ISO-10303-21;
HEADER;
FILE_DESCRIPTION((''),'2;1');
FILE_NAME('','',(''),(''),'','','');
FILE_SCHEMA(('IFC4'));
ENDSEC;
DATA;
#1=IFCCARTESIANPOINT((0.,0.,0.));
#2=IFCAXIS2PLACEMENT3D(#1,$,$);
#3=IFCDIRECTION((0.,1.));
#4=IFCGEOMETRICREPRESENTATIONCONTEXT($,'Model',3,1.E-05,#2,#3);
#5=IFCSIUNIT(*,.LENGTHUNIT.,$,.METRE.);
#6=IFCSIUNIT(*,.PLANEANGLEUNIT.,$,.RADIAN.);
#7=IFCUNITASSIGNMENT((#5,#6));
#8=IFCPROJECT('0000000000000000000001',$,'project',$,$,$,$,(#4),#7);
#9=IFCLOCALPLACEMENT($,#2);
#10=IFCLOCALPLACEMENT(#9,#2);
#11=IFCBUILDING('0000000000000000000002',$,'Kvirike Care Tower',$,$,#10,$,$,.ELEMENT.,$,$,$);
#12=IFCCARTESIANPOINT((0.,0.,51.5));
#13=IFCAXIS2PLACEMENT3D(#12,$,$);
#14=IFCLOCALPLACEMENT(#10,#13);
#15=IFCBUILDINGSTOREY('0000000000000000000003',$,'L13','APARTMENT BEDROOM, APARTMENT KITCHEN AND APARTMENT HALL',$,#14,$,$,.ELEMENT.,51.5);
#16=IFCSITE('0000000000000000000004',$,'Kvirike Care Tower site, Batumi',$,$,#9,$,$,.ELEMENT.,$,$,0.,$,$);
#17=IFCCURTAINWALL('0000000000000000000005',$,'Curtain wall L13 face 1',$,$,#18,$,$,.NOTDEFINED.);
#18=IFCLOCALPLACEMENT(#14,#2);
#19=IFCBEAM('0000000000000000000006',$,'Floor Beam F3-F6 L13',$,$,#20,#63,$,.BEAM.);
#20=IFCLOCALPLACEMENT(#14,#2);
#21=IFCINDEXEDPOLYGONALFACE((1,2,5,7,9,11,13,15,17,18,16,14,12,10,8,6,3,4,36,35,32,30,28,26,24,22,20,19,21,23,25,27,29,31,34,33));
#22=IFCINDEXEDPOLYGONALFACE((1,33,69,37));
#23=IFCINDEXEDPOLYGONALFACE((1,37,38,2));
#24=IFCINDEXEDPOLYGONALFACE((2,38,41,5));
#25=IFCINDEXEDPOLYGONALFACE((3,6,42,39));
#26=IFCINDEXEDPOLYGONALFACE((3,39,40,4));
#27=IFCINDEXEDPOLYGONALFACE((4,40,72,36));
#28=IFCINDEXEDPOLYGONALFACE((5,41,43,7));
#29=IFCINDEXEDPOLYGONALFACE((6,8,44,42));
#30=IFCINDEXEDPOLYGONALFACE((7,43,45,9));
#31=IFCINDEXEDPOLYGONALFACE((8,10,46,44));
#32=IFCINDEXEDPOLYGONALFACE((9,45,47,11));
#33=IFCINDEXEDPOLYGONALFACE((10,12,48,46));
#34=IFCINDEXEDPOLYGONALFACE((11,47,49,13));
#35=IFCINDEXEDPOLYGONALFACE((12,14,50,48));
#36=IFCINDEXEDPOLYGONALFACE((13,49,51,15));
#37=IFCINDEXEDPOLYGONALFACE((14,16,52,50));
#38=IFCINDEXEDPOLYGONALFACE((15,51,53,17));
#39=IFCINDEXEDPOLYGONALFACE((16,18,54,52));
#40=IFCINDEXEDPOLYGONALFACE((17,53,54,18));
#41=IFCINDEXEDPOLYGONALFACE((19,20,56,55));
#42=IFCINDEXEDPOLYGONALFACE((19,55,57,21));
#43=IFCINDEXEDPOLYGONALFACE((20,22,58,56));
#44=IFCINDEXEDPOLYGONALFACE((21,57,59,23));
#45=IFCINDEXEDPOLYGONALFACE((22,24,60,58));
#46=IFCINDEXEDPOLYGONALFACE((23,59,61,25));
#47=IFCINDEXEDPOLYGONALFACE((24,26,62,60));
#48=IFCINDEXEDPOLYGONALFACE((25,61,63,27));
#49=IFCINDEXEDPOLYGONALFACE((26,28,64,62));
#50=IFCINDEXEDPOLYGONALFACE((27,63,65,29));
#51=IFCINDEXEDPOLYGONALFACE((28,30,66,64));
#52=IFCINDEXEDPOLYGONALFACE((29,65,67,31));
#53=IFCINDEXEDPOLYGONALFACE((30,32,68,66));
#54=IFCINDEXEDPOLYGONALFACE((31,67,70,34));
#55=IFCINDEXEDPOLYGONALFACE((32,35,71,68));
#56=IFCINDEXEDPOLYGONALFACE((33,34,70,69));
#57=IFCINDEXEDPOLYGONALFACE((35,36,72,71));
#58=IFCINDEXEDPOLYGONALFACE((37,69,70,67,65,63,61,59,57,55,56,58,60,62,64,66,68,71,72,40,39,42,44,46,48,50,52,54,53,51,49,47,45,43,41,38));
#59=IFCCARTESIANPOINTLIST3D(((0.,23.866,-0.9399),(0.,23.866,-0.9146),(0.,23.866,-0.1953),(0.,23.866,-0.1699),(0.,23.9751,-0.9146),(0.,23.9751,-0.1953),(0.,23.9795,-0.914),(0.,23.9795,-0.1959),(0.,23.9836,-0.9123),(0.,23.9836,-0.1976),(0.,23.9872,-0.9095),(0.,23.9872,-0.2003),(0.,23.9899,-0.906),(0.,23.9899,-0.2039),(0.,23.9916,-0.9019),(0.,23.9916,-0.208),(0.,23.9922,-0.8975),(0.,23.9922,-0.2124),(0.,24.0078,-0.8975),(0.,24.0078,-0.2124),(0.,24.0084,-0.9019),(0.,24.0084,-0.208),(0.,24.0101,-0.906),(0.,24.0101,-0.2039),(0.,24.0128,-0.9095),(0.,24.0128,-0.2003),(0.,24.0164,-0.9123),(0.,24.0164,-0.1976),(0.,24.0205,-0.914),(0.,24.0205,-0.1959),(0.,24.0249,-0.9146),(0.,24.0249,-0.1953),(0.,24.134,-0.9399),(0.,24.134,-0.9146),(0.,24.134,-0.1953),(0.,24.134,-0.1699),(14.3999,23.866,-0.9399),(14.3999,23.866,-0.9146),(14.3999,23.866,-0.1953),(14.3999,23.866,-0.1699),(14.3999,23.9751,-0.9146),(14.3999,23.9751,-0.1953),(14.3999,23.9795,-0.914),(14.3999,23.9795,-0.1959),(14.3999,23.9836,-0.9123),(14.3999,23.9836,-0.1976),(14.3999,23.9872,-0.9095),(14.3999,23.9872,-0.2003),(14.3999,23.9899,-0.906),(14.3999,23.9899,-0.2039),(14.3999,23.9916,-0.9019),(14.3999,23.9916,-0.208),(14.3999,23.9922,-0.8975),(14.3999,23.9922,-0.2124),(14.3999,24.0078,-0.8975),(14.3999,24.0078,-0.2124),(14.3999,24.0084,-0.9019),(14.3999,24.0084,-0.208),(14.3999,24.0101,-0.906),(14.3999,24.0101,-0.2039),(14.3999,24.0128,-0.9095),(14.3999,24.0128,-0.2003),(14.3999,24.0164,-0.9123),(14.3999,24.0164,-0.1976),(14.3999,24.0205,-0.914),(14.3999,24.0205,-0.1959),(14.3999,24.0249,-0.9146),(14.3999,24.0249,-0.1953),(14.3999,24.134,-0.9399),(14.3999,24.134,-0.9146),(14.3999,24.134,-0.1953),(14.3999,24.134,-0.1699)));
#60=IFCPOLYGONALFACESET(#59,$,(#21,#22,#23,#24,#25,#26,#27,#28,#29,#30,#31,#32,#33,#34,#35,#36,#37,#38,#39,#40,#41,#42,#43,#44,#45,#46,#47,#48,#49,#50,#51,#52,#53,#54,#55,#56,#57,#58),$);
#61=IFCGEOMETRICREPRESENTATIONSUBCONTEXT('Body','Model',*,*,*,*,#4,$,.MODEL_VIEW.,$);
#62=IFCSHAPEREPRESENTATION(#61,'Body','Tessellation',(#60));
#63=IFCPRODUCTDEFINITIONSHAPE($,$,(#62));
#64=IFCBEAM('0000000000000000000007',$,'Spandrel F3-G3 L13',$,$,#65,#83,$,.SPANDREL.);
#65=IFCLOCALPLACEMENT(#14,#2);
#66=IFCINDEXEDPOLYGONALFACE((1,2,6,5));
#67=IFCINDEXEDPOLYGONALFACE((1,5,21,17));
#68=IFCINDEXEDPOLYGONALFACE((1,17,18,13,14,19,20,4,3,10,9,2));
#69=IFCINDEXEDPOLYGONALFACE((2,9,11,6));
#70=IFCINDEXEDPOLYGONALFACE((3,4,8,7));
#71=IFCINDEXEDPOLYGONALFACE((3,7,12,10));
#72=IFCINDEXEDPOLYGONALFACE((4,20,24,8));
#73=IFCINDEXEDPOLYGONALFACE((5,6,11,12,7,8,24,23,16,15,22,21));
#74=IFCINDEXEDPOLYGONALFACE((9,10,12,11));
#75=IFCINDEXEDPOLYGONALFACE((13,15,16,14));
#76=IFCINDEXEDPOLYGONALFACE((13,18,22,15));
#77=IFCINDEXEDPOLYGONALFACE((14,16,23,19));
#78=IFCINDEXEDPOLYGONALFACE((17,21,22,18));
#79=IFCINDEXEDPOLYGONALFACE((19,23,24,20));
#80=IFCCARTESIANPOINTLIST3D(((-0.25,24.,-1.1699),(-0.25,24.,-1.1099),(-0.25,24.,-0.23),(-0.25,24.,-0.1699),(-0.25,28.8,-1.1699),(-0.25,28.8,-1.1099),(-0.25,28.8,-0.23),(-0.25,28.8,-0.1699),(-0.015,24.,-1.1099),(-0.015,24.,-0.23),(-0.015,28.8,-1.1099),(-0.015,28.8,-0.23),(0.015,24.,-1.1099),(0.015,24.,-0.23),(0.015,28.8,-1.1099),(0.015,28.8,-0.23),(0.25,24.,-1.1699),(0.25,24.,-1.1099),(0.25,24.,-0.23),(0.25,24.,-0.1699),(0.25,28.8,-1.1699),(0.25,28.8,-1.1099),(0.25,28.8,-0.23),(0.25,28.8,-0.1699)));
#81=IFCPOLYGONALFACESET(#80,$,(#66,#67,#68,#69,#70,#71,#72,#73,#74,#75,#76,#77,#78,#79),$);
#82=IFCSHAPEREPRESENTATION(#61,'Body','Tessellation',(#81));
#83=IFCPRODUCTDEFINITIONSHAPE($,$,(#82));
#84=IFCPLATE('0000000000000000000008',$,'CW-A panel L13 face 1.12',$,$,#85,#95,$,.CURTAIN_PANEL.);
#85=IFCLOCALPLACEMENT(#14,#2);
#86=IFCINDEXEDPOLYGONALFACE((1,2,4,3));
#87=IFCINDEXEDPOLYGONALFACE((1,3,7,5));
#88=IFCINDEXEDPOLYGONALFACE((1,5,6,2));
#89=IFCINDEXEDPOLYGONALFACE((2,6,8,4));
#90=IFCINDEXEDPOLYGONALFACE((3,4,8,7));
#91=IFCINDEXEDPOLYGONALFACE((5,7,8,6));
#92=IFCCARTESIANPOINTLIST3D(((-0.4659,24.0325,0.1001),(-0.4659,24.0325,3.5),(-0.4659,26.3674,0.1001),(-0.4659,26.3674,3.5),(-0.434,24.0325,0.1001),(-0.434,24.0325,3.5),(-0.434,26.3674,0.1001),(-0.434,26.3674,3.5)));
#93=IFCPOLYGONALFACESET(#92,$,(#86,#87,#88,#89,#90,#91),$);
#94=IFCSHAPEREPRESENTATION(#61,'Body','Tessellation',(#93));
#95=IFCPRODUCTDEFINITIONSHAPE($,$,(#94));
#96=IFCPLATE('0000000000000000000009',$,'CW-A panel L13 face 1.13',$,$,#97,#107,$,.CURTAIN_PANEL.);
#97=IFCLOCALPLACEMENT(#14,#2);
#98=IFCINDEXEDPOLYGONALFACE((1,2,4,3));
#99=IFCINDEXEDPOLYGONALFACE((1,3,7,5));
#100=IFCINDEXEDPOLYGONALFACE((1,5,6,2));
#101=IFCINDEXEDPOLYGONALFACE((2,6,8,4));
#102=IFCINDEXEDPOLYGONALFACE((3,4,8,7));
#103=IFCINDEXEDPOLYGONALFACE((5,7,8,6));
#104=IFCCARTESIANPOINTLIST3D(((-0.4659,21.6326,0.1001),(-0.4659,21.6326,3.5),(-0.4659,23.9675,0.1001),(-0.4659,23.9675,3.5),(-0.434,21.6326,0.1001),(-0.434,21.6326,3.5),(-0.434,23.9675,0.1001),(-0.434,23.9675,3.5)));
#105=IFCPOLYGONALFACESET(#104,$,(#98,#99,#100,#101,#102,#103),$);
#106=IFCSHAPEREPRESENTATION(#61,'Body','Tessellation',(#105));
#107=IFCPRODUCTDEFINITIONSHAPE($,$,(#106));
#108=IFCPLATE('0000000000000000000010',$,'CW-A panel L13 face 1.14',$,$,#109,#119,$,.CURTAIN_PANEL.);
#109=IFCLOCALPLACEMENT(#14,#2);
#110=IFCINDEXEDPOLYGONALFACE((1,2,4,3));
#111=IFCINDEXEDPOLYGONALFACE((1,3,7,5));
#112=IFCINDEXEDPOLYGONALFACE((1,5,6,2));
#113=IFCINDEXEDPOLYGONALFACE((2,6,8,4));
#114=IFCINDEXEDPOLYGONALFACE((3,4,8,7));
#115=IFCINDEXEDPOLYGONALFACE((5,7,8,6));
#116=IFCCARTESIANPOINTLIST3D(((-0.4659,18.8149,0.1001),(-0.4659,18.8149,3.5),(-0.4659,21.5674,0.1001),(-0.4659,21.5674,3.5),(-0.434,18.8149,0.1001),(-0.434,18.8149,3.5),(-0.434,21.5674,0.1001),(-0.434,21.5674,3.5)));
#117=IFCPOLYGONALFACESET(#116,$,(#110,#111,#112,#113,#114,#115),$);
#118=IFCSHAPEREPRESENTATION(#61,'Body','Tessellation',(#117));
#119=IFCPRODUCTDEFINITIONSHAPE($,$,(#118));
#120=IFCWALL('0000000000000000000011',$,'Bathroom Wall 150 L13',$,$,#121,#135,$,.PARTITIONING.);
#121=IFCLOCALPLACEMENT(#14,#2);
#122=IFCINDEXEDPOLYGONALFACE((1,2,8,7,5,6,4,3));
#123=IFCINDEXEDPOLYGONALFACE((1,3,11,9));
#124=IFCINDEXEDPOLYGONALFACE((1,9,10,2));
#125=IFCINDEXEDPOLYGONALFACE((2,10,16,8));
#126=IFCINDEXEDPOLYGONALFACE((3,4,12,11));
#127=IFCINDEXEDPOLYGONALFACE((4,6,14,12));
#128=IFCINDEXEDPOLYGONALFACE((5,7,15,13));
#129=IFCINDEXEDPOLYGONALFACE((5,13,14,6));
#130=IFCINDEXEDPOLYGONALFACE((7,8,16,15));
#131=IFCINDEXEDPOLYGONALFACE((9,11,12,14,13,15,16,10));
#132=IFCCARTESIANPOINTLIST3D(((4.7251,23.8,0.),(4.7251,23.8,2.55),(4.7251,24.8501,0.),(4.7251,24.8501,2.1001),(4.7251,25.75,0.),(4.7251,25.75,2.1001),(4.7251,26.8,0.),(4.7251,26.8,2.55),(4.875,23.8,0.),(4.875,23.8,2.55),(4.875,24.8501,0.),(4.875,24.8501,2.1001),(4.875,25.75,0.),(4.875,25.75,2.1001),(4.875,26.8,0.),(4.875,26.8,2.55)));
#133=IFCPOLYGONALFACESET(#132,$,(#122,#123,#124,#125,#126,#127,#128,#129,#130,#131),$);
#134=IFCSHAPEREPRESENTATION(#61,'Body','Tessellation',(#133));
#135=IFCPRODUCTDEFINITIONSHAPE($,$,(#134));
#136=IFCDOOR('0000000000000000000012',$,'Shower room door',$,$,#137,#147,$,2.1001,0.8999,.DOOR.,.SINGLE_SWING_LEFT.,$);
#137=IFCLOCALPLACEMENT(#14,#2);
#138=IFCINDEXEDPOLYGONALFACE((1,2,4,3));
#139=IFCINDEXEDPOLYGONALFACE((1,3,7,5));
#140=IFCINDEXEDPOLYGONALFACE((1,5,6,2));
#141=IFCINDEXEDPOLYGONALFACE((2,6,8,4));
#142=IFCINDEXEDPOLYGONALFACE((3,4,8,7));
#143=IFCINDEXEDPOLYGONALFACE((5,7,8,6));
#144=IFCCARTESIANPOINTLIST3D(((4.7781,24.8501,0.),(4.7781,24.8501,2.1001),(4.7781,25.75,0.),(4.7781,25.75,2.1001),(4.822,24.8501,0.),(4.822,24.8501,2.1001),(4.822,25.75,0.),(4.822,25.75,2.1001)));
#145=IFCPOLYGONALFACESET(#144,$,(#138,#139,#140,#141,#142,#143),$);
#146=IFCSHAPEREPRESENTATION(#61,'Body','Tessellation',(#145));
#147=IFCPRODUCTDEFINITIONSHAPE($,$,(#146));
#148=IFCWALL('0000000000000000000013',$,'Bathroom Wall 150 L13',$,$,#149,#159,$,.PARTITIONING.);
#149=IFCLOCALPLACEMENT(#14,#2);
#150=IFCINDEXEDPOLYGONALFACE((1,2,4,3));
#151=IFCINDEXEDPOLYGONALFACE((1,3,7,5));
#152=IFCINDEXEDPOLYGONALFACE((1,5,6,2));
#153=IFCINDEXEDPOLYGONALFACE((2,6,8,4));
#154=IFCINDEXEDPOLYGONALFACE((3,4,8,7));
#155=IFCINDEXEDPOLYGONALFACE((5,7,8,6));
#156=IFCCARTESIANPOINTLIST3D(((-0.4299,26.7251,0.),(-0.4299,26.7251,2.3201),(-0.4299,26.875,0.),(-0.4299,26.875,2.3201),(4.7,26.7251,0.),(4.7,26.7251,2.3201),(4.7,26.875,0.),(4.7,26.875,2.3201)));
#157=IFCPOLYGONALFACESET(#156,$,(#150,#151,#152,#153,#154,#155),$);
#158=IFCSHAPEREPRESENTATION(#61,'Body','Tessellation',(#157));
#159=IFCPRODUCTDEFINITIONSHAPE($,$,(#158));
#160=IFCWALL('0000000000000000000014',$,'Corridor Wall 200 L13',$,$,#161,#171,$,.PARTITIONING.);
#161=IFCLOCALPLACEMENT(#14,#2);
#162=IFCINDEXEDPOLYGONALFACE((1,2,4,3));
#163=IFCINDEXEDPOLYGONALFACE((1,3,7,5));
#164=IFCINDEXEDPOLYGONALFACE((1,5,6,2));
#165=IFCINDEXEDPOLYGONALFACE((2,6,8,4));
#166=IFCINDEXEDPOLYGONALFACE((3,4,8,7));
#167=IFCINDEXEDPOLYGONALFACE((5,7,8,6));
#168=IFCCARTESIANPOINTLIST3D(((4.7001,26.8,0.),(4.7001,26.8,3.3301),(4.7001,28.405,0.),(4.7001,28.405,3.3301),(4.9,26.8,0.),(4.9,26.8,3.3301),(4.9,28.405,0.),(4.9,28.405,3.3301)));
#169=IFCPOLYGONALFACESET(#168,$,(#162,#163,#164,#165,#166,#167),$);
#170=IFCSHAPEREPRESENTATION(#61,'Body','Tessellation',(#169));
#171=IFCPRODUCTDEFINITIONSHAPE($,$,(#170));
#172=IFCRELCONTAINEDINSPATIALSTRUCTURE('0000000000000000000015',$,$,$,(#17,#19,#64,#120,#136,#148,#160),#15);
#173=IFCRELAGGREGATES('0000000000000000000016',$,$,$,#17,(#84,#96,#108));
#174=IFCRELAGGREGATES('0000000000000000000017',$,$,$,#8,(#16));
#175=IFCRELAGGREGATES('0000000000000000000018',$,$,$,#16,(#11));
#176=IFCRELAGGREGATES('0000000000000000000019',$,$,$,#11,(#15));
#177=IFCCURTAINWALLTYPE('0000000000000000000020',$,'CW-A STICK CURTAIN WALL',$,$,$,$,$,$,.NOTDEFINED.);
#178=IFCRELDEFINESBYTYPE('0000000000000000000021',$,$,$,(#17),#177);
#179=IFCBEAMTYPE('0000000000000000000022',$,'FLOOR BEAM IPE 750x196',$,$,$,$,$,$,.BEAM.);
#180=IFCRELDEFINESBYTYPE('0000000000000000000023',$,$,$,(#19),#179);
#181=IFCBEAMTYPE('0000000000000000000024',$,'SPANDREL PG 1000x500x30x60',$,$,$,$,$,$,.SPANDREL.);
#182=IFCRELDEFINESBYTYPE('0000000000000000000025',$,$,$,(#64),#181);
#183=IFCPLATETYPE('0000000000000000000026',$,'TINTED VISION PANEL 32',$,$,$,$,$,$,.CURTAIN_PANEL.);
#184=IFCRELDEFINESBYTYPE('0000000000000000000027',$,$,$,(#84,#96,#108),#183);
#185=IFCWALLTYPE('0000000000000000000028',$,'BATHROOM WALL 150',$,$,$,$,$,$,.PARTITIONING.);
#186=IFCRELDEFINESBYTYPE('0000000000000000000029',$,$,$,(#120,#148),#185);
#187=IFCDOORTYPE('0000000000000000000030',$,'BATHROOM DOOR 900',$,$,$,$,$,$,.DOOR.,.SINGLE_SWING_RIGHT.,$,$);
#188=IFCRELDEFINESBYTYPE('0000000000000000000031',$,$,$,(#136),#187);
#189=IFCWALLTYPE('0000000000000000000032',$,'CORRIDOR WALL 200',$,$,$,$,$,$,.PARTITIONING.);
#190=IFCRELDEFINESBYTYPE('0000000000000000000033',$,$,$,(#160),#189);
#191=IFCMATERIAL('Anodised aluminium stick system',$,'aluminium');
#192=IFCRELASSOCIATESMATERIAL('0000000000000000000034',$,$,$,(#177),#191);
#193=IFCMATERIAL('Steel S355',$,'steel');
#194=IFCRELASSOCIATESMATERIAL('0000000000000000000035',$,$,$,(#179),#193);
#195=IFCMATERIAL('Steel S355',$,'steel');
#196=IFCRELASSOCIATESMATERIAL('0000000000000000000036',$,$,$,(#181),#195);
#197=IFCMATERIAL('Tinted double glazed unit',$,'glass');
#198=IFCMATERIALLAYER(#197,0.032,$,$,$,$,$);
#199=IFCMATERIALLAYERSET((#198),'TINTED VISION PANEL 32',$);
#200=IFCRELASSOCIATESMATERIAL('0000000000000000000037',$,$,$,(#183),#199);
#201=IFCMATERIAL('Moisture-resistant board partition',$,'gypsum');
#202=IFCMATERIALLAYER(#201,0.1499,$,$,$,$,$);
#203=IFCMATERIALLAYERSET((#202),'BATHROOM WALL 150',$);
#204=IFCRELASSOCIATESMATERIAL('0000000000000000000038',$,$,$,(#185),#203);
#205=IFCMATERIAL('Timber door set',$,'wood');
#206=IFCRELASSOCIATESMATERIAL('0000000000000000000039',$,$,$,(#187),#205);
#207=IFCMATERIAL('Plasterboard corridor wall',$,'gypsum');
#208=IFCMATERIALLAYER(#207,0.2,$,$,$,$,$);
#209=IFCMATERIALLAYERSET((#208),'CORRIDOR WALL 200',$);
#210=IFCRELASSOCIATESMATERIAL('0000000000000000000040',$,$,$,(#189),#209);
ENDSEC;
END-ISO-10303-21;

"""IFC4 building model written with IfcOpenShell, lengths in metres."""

from ifc_helpers import new_model, si_unit, direction, frame, frame_2d, origin, origin_2d, place, context, subcontext, project, spatial, rectangle, i_section, extrude, material, layer, layer_set, material_profile, profile_set, type_object, element, fill, aggregate, save


model = new_model("IFC4")

# Units and contexts
model_context = context("Model", 3, precision=1e-05, world=origin(), true_north=direction((0.0, 1.0)))
body_context = subcontext(model_context, "Body", "Model", "MODEL_VIEW")
ifc_project = project(units=[si_unit("LENGTHUNIT", "METRE"), si_unit("PLANEANGLEUNIT", "RADIAN")], contexts=[model_context])

# Site, building, storey
site_placement = place(None, origin())
site = spatial("IfcSite", under=ifc_project, at=site_placement, Name="Kvirike Care Tower site, Batumi", CompositionType="ELEMENT", RefElevation=0.0)
building_placement = place(site_placement, origin())
building = spatial("IfcBuilding", under=site, at=building_placement, Name="Kvirike Care Tower", CompositionType="ELEMENT")
storey_placement = place(building_placement, frame((0.0, 0.0, 51.5)))
storey = spatial("IfcBuildingStorey", under=building, at=storey_placement, Name="L13", Description="APARTMENT BEDROOM, APARTMENT KITCHEN AND APARTMENT HALL", CompositionType="ELEMENT", Elevation=51.5)

# Curtain wall
ifc_material_1 = material(Name="Anodised aluminium stick system", Category="aluminium")
curtain_wall_type = type_object("IfcCurtainWallType", Name="CW-A STICK CURTAIN WALL", PredefinedType="NOTDEFINED", material=ifc_material_1)
curtain_wall_placement = place(storey_placement, origin())
curtain_wall = element("IfcCurtainWall", 1, at=curtain_wall_placement, inside=storey, type_object=curtain_wall_type, Name="Curtain wall L13 face 1", PredefinedType="NOTDEFINED")

# Beams
ifc_material_2 = material(Name="Steel S355", Category="steel")
ifc_material_profile_1 = material_profile(ifc_material_2, i_section(OverallWidth=0.2681, OverallDepth=0.77, WebThickness=0.0156, FlangeThickness=0.0254, FilletRadius=0.0171, at=origin_2d()), Name="IPE 750x196")
ifc_profile_set_1 = profile_set([ifc_material_profile_1], Name="Steel S355")
beam_type_1 = type_object("IfcBeamType", Name="FLOOR BEAM IPE 750x196", PredefinedType="BEAM", material=ifc_profile_set_1)
beam_1_placement = place(storey_placement, frame((0.0, 24.0, -0.5549), z_axis=(1.0, 0.0, 0.0), x_axis=(0.0, 1.0, 0.0)))
element("IfcBeam", 2, at=beam_1_placement, inside=storey, type_object=beam_type_1, Name="Floor Beam F3-F6 L13", PredefinedType="BEAM", context=body_context, shape_type="SweptSolid", body=[
    extrude(i_section(OverallWidth=0.2681, OverallDepth=0.77, WebThickness=0.0156, FlangeThickness=0.0254, FilletRadius=0.0171, at=origin_2d()), origin(), (0.0, 0.0, 1.0), 14.3999),
])
ifc_material_3 = material(Name="Steel S355", Category="steel")
ifc_material_profile_2 = material_profile(ifc_material_3, i_section(OverallWidth=0.5, OverallDepth=1.0, WebThickness=0.03, FlangeThickness=0.0601, at=origin_2d()), Name="PG 1000x500x30x60")
ifc_profile_set_2 = profile_set([ifc_material_profile_2], Name="Steel S355")
beam_type_2 = type_object("IfcBeamType", Name="SPANDREL PG 1000x500x30x60", PredefinedType="SPANDREL", material=ifc_profile_set_2)
beam_2_placement = place(storey_placement, frame((0.0, 24.0, -0.6699), z_axis=(0.0, 1.0, 0.0), x_axis=(-1.0, 0.0, 0.0)))
element("IfcBeam", 3, at=beam_2_placement, inside=storey, type_object=beam_type_2, Name="Spandrel F3-G3 L13", PredefinedType="SPANDREL", context=body_context, shape_type="SweptSolid", body=[
    extrude(i_section(OverallWidth=0.5, OverallDepth=1.0, WebThickness=0.03, FlangeThickness=0.0601, at=origin_2d()), origin(), (0.0, 0.0, 1.0), 4.8),
])

# Plates
ifc_material_4 = material(Name="Tinted double glazed unit", Category="glass")
ifc_layer_1 = layer(ifc_material_4, 0.032)
ifc_layer_set_1 = layer_set([ifc_layer_1], Name="TINTED VISION PANEL 32")
plate_type = type_object("IfcPlateType", Name="TINTED VISION PANEL 32", PredefinedType="CURTAIN_PANEL", material=ifc_layer_set_1)
plate_1_placement = place(storey_placement, frame((-0.45, 25.2, 0.1001), z_axis=(0.0, 0.0, 1.0), x_axis=(0.0, -1.0, 0.0)))
plate_1 = element("IfcPlate", 4, at=plate_1_placement, type_object=plate_type, Name="CW-A panel L13 face 1.12", PredefinedType="CURTAIN_PANEL", context=body_context, shape_type="SweptSolid", body=[
    extrude(rectangle(XDim=2.335, YDim=0.032, at=origin_2d()), origin(), (0.0, 0.0, 1.0), 3.3999),
])
plate_2_placement = place(storey_placement, frame((-0.45, 22.8, 0.1001), z_axis=(0.0, 0.0, 1.0), x_axis=(0.0, -1.0, 0.0)))
plate_2 = element("IfcPlate", 5, at=plate_2_placement, type_object=plate_type, Name="CW-A panel L13 face 1.13", PredefinedType="CURTAIN_PANEL", context=body_context, shape_type="SweptSolid", body=[
    extrude(rectangle(XDim=2.335, YDim=0.032, at=origin_2d()), origin(), (0.0, 0.0, 1.0), 3.3999),
])
plate_3_placement = place(storey_placement, frame((-0.45, 20.1912, 0.1001), z_axis=(0.0, 0.0, 1.0), x_axis=(0.0, -1.0, 0.0)))
plate_3 = element("IfcPlate", 6, at=plate_3_placement, type_object=plate_type, Name="CW-A panel L13 face 1.14", PredefinedType="CURTAIN_PANEL", context=body_context, shape_type="SweptSolid", body=[
    extrude(rectangle(XDim=2.7524, YDim=0.032, at=origin_2d()), origin(), (0.0, 0.0, 1.0), 3.3999),
])
aggregate(curtain_wall, [plate_1, plate_2, plate_3])

# Wall, opening, door
ifc_material_5 = material(Name="Moisture-resistant board partition", Category="gypsum")
ifc_layer_2 = layer(ifc_material_5, 0.1499)
ifc_layer_set_2 = layer_set([ifc_layer_2], Name="BATHROOM WALL 150")
wall_type_1 = type_object("IfcWallType", Name="BATHROOM WALL 150", PredefinedType="PARTITIONING", material=ifc_layer_set_2)
wall_1_placement = place(storey_placement, frame((4.8, 23.8, 0.0), z_axis=(0.0, 0.0, 1.0), x_axis=(0.0, 1.0, 0.0)))
wall_1 = element("IfcWall", 7, at=wall_1_placement, inside=storey, type_object=wall_type_1, Name="Bathroom Wall 150 L13", PredefinedType="PARTITIONING", context=body_context, shape_type="SweptSolid", body=[
    extrude(rectangle(XDim=3.0, YDim=0.1499, at=frame_2d((1.5, 0.0))), origin(), (0.0, 0.0, 1.0), 2.55),
])
opening_1_placement = place(wall_1_placement, frame((1.05, 0.0, 0.0)))
opening_1 = element("IfcOpeningElement", 8, at=opening_1_placement, cuts=wall_1, PredefinedType="OPENING", context=body_context, shape_type="SweptSolid", body=[
    extrude(rectangle(XDim=0.8999, YDim=2.1001, at=frame_2d((0.45, 1.05))), frame((0.0, 0.0854, 0.0), z_axis=(0.0, -1.0, 0.0), x_axis=(1.0, 0.0, 0.0)), (0.0, 0.0, 1.0), 0.1709),
])
ifc_material_6 = material(Name="Timber door set", Category="wood")
door_type_1 = type_object("IfcDoorType", Name="BATHROOM DOOR 900", OperationType="SINGLE_SWING_RIGHT", PredefinedType="DOOR", material=ifc_material_6)
door_1_placement = place(opening_1_placement, origin())
door_1 = element("IfcDoor", 9, at=door_1_placement, inside=storey, type_object=door_type_1, Name="Shower room door", OperationType="SINGLE_SWING_LEFT", OverallHeight=2.1001, OverallWidth=0.8999, PredefinedType="DOOR", context=body_context, shape_type="SweptSolid", body=[
    extrude(rectangle(XDim=0.8999, YDim=2.1001, at=frame_2d((0.45, 1.05))), frame((0.0, 0.022, 0.0), z_axis=(0.0, -1.0, 0.0), x_axis=(1.0, 0.0, 0.0)), (0.0, 0.0, 1.0), 0.0439),
])
fill(opening_1, door_1)

# Walls
wall_2_placement = place(storey_placement, frame((-0.4299, 26.8, 0.0), z_axis=(0.0, 0.0, 1.0), x_axis=(1.0, 0.0, 0.0)))
element("IfcWall", 10, at=wall_2_placement, inside=storey, type_object=wall_type_1, Name="Bathroom Wall 150 L13", PredefinedType="PARTITIONING", context=body_context, shape_type="SweptSolid", body=[
    extrude(rectangle(XDim=5.1299, YDim=0.1499, at=frame_2d((2.5649, 0.0))), origin(), (0.0, 0.0, 1.0), 2.3201),
])
ifc_material_7 = material(Name="Plasterboard corridor wall", Category="gypsum")
ifc_layer_3 = layer(ifc_material_7, 0.2)
ifc_layer_set_3 = layer_set([ifc_layer_3], Name="CORRIDOR WALL 200")
wall_type_2 = type_object("IfcWallType", Name="CORRIDOR WALL 200", PredefinedType="PARTITIONING", material=ifc_layer_set_3)
wall_3_placement = place(storey_placement, frame((4.8, 26.8, 0.0), z_axis=(0.0, 0.0, 1.0), x_axis=(0.0, 1.0, 0.0)))
element("IfcWall", 11, at=wall_3_placement, inside=storey, type_object=wall_type_2, Name="Corridor Wall 200 L13", PredefinedType="PARTITIONING", context=body_context, shape_type="SweptSolid", body=[
    extrude(rectangle(XDim=1.605, YDim=0.2, at=frame_2d((0.8025, 0.0))), origin(), (0.0, 0.0, 1.0), 3.3301),
])

save(model, "model.ifc")
